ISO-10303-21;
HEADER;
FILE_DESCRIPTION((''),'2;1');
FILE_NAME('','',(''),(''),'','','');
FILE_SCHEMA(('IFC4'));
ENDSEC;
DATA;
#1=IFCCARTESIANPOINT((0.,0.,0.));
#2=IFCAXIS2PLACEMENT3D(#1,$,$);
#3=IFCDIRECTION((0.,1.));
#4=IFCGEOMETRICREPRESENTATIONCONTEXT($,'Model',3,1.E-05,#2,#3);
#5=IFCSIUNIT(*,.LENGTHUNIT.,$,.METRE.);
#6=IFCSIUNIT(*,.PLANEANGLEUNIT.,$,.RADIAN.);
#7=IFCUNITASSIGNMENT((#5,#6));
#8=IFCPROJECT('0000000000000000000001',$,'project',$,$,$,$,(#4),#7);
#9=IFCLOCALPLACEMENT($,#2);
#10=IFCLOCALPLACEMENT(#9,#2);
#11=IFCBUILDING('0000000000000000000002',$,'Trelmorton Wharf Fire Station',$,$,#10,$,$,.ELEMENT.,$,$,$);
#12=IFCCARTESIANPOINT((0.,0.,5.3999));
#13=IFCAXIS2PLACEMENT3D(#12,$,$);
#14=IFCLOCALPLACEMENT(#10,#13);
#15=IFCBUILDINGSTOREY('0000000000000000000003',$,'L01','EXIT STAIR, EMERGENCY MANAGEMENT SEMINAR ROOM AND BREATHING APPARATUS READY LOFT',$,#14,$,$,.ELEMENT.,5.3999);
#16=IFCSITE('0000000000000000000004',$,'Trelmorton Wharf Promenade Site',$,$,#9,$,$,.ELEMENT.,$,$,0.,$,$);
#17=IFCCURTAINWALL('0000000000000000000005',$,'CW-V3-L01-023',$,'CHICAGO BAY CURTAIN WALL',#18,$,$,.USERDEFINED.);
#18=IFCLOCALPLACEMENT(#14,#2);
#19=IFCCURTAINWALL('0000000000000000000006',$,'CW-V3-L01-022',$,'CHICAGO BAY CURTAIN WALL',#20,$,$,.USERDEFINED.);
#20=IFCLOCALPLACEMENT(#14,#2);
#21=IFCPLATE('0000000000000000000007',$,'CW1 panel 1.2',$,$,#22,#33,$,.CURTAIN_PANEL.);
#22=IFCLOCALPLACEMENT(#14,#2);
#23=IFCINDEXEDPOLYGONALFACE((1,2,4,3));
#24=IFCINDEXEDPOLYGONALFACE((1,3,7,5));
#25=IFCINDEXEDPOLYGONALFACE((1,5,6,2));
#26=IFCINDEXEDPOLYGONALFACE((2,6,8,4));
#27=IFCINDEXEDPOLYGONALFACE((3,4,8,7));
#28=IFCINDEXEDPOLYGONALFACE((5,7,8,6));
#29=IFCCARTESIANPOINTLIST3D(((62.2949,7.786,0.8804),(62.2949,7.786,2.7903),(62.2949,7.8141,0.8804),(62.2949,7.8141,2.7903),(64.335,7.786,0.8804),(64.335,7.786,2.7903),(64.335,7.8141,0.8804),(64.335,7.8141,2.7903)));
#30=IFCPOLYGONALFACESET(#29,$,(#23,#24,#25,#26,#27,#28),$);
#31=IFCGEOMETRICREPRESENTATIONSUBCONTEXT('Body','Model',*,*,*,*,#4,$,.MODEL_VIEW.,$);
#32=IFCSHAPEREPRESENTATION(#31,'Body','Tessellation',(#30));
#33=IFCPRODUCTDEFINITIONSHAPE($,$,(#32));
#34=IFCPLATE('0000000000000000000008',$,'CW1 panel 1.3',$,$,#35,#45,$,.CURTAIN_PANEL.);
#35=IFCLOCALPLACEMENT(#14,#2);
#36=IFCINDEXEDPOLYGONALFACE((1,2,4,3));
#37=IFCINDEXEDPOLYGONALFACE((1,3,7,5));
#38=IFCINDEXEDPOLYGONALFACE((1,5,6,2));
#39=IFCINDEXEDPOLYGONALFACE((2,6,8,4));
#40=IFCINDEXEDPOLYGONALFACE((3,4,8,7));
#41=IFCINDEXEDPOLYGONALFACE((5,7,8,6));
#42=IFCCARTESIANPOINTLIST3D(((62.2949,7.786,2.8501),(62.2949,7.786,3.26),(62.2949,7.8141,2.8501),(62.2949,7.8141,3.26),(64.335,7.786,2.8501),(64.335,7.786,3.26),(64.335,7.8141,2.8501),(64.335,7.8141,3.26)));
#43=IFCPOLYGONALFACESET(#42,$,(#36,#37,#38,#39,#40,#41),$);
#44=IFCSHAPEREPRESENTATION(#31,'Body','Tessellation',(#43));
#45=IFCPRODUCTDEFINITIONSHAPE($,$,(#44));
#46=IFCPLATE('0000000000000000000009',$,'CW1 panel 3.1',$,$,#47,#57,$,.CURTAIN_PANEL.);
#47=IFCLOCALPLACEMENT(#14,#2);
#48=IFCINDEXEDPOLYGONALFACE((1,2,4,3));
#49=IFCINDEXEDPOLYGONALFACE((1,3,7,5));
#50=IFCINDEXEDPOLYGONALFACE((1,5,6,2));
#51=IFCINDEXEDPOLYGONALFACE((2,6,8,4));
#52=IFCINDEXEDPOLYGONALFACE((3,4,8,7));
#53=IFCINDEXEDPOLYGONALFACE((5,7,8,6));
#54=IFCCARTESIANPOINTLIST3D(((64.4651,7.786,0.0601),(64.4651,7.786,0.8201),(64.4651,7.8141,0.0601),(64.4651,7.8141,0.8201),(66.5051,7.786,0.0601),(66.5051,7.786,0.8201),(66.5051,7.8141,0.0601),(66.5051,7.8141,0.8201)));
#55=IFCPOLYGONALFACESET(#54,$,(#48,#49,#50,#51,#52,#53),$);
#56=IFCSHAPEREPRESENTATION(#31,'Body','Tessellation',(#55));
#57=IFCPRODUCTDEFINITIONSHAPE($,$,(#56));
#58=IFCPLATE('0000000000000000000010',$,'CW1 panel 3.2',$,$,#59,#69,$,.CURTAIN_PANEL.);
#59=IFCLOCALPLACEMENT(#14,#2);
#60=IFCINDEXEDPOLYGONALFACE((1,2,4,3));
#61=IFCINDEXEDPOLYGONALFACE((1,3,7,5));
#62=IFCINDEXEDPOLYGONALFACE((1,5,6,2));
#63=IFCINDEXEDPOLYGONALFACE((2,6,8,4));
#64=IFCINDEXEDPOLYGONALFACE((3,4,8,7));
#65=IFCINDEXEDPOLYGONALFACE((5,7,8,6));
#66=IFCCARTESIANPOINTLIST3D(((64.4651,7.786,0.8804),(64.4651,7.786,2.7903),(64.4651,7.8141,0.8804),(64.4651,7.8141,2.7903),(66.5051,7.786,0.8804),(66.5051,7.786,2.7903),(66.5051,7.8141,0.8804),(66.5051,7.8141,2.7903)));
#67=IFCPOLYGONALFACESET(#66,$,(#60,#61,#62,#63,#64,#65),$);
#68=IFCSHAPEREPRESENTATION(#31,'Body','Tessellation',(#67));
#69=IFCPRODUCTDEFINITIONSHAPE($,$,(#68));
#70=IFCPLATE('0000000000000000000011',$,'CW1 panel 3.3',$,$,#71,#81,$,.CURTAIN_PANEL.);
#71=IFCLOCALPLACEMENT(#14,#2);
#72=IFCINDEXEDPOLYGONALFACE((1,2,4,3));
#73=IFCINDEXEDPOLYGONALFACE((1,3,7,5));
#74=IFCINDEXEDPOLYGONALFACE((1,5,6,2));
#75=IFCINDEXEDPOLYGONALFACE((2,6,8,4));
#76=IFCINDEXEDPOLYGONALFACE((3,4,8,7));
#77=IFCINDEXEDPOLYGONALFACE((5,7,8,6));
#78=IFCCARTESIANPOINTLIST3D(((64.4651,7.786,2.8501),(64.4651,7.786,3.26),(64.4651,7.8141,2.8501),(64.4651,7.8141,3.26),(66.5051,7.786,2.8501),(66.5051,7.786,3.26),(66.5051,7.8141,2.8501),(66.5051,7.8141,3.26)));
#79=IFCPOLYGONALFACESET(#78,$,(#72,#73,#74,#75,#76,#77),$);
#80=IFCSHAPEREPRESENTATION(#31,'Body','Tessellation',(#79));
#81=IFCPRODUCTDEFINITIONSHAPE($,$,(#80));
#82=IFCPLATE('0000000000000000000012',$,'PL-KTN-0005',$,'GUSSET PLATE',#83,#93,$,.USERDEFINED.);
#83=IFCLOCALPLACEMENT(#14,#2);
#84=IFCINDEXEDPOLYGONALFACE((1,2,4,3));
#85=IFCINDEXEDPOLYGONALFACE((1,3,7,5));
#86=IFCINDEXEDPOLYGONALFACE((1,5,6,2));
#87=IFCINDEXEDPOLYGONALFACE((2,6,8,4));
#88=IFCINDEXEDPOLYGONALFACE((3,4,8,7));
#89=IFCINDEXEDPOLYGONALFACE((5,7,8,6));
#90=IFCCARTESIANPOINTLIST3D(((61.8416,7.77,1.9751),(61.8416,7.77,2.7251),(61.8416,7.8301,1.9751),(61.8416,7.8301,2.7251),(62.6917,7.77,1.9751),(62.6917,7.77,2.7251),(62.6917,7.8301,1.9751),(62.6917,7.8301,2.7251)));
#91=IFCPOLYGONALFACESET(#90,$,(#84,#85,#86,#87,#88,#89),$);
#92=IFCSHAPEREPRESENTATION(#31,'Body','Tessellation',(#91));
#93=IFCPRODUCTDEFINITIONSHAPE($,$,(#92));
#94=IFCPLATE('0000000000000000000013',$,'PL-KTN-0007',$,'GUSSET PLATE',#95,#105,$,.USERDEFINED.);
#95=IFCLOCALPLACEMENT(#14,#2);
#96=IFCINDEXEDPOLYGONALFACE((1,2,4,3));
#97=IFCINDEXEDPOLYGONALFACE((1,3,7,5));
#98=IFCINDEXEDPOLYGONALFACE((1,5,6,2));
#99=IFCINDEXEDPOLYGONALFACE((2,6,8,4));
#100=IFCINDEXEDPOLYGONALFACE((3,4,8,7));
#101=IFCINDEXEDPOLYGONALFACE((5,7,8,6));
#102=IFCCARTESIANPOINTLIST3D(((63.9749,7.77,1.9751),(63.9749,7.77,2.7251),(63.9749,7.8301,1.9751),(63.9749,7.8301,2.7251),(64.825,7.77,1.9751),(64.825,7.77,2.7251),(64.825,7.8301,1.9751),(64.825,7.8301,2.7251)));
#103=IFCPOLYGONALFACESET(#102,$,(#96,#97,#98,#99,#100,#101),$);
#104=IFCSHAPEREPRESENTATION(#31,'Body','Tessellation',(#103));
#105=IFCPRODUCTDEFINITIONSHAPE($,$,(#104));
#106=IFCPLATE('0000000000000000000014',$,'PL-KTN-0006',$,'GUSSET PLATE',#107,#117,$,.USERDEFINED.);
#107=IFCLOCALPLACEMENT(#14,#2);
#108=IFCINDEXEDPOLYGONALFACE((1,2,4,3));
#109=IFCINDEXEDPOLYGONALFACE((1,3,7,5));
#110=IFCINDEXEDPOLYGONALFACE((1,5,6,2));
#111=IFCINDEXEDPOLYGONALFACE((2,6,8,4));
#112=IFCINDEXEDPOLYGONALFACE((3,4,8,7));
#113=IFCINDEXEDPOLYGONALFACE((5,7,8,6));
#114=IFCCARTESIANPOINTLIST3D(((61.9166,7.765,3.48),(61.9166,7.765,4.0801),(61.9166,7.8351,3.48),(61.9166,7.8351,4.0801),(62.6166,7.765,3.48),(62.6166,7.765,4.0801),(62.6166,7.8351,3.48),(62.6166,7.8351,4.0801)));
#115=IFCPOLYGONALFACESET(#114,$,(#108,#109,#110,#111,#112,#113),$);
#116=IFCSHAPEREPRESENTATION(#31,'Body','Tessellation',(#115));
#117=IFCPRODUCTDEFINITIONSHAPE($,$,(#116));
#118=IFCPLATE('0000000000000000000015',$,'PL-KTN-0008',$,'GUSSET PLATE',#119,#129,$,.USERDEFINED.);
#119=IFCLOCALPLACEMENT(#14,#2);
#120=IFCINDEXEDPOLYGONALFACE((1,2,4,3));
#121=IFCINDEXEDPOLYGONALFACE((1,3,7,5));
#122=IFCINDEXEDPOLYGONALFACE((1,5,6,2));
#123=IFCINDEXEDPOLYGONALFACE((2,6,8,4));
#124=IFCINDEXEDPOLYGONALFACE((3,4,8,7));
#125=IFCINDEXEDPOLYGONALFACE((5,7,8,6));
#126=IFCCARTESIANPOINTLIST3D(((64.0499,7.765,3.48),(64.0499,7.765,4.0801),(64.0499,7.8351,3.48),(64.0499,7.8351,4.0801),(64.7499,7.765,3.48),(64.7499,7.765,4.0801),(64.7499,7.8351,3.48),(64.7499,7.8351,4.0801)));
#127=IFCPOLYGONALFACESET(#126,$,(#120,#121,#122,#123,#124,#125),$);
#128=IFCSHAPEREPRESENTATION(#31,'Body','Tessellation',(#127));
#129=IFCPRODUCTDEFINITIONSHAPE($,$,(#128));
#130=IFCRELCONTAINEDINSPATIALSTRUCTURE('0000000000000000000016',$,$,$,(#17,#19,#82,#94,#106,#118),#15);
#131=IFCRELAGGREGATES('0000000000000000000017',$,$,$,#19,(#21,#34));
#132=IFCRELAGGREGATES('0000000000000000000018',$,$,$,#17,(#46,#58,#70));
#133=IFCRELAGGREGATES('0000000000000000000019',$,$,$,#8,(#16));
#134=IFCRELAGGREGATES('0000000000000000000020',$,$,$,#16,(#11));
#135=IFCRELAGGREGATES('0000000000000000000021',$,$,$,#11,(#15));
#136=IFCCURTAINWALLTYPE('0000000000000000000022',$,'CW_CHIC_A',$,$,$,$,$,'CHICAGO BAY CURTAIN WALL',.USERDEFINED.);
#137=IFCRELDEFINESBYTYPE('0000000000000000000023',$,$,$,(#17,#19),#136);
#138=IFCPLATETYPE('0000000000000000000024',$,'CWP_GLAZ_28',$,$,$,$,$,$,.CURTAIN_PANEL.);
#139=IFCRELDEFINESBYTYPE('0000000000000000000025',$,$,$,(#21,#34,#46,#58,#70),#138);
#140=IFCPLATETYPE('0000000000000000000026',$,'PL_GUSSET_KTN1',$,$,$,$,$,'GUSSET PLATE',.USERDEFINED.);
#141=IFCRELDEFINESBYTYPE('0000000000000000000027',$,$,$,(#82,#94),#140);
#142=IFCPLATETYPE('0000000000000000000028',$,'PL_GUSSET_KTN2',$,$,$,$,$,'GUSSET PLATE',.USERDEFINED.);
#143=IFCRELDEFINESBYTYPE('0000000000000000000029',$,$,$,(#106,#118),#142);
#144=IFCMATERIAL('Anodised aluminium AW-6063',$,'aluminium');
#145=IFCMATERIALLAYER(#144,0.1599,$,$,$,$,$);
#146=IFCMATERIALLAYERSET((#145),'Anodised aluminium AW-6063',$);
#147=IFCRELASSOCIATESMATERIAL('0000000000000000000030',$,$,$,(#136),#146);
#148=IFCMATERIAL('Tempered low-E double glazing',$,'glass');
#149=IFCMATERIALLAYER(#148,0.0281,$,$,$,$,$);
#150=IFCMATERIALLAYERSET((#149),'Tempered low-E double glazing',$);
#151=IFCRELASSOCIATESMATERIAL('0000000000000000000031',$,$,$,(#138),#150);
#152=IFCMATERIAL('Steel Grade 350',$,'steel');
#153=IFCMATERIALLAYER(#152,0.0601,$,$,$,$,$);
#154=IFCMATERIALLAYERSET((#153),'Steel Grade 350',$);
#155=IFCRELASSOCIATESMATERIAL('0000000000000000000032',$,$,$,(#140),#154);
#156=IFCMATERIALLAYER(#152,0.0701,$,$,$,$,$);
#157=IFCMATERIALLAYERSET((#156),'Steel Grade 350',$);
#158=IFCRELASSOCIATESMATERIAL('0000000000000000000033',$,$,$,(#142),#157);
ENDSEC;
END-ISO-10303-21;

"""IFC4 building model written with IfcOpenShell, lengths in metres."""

from ifc_helpers import new_model, si_unit, direction, frame, origin, origin_2d, place, context, subcontext, project, spatial, rectangle, extrude, material, layer, layer_set, type_object, element, aggregate, save


model = new_model("IFC4")

# Units and contexts
model_context = context("Model", 3, precision=1e-05, world=origin(), true_north=direction((0.0, 1.0)))
body_context = subcontext(model_context, "Body", "Model", "MODEL_VIEW")
ifc_project = project(units=[si_unit("LENGTHUNIT", "METRE"), si_unit("PLANEANGLEUNIT", "RADIAN")], contexts=[model_context])

# Site, building, storey
site_placement = place(None, origin())
site = spatial("IfcSite", under=ifc_project, at=site_placement, Name="Trelmorton Wharf Promenade Site", CompositionType="ELEMENT", RefElevation=0.0)
building_placement = place(site_placement, origin())
building = spatial("IfcBuilding", under=site, at=building_placement, Name="Trelmorton Wharf Fire Station", CompositionType="ELEMENT")
storey_placement = place(building_placement, frame((0.0, 0.0, 5.3999)))
storey = spatial("IfcBuildingStorey", under=building, at=storey_placement, Name="L01", Description="EXIT STAIR, EMERGENCY MANAGEMENT SEMINAR ROOM AND BREATHING APPARATUS READY LOFT", CompositionType="ELEMENT", Elevation=5.3999)

# Shared definitions
ifc_material_1 = material(Name="Steel Grade 350", Category="steel")

# Curtain walls
ifc_material_2 = material(Name="Anodised aluminium AW-6063", Category="aluminium")
ifc_layer_1 = layer(ifc_material_2, 0.1599)
ifc_layer_set_1 = layer_set([ifc_layer_1], Name="Anodised aluminium AW-6063")
curtain_wall_type = type_object("IfcCurtainWallType", Name="CW_CHIC_A", ElementType="CHICAGO BAY CURTAIN WALL", PredefinedType="USERDEFINED", material=ifc_layer_set_1)
curtain_wall_1_placement = place(storey_placement, origin())
curtain_wall_1 = element("IfcCurtainWall", 1, at=curtain_wall_1_placement, inside=storey, type_object=curtain_wall_type, Name="CW-V3-L01-023", ObjectType="CHICAGO BAY CURTAIN WALL", PredefinedType="USERDEFINED")
curtain_wall_2_placement = place(storey_placement, origin())
curtain_wall_2 = element("IfcCurtainWall", 2, at=curtain_wall_2_placement, inside=storey, type_object=curtain_wall_type, Name="CW-V3-L01-022", ObjectType="CHICAGO BAY CURTAIN WALL", PredefinedType="USERDEFINED")

# Plates
ifc_material_3 = material(Name="Tempered low-E double glazing", Category="glass")
ifc_layer_2 = layer(ifc_material_3, 0.0281)
ifc_layer_set_2 = layer_set([ifc_layer_2], Name="Tempered low-E double glazing")
plate_type_1 = type_object("IfcPlateType", Name="CWP_GLAZ_28", PredefinedType="CURTAIN_PANEL", material=ifc_layer_set_2)
plate_1_placement = place(storey_placement, frame((63.3149, 7.8, 0.8804), z_axis=(0.0, 0.0, 1.0), x_axis=(-1.0, 0.0, 0.0)))
plate_1 = element("IfcPlate", 3, at=plate_1_placement, type_object=plate_type_1, Name="CW1 panel 1.2", PredefinedType="CURTAIN_PANEL", context=body_context, shape_type="SweptSolid", body=[
    extrude(rectangle(XDim=2.04, YDim=0.0281, at=origin_2d()), origin(), (0.0, 0.0, 1.0), 1.9099),
])
plate_2_placement = place(storey_placement, frame((63.3149, 7.8, 2.8501), z_axis=(0.0, 0.0, 1.0), x_axis=(-1.0, 0.0, 0.0)))
plate_2 = element("IfcPlate", 4, at=plate_2_placement, type_object=plate_type_1, Name="CW1 panel 1.3", PredefinedType="CURTAIN_PANEL", context=body_context, shape_type="SweptSolid", body=[
    extrude(rectangle(XDim=2.04, YDim=0.0281, at=origin_2d()), origin(), (0.0, 0.0, 1.0), 0.4099),
])
aggregate(curtain_wall_2, [plate_1, plate_2])
plate_3_placement = place(storey_placement, frame((65.4851, 7.8, 0.0601), z_axis=(0.0, 0.0, 1.0), x_axis=(-1.0, 0.0, 0.0)))
plate_3 = element("IfcPlate", 5, at=plate_3_placement, type_object=plate_type_1, Name="CW1 panel 3.1", PredefinedType="CURTAIN_PANEL", context=body_context, shape_type="SweptSolid", body=[
    extrude(rectangle(XDim=2.04, YDim=0.0281, at=origin_2d()), origin(), (0.0, 0.0, 1.0), 0.76),
])
plate_4_placement = place(storey_placement, frame((65.4851, 7.8, 0.8804), z_axis=(0.0, 0.0, 1.0), x_axis=(-1.0, 0.0, 0.0)))
plate_4 = element("IfcPlate", 6, at=plate_4_placement, type_object=plate_type_1, Name="CW1 panel 3.2", PredefinedType="CURTAIN_PANEL", context=body_context, shape_type="SweptSolid", body=[
    extrude(rectangle(XDim=2.04, YDim=0.0281, at=origin_2d()), origin(), (0.0, 0.0, 1.0), 1.9099),
])
plate_5_placement = place(storey_placement, frame((65.4851, 7.8, 2.8501), z_axis=(0.0, 0.0, 1.0), x_axis=(-1.0, 0.0, 0.0)))
plate_5 = element("IfcPlate", 7, at=plate_5_placement, type_object=plate_type_1, Name="CW1 panel 3.3", PredefinedType="CURTAIN_PANEL", context=body_context, shape_type="SweptSolid", body=[
    extrude(rectangle(XDim=2.04, YDim=0.0281, at=origin_2d()), origin(), (0.0, 0.0, 1.0), 0.4099),
])
aggregate(curtain_wall_1, [plate_3, plate_4, plate_5])

# Plates
ifc_layer_3 = layer(ifc_material_1, 0.0601)
ifc_layer_set_3 = layer_set([ifc_layer_3], Name="Steel Grade 350")
plate_type_2 = type_object("IfcPlateType", Name="PL_GUSSET_KTN1", ElementType="GUSSET PLATE", PredefinedType="USERDEFINED", material=ifc_layer_set_3)
for number, where, z_axis, x_axis, name in (
    (8, (62.2666, 7.8, 1.9751), (0.0, 0.0, 1.0), (1.0, 0.0, 0.0), "PL-KTN-0005"),
    (9, (64.3999, 7.8, 1.9751), (0.0, 0.0, 1.0), (1.0, 0.0, 0.0), "PL-KTN-0007"),
):
    element("IfcPlate", number, at=place(storey_placement, frame(where, z_axis=z_axis, x_axis=x_axis)), inside=storey, type_object=plate_type_2, Name=name, ObjectType="GUSSET PLATE", PredefinedType="USERDEFINED", context=body_context, shape_type="SweptSolid", body=[
        extrude(rectangle(XDim=0.8501, YDim=0.0601, at=origin_2d()), origin(), (0.0, 0.0, 1.0), 0.75),
    ])
ifc_layer_4 = layer(ifc_material_1, 0.0701)
ifc_layer_set_4 = layer_set([ifc_layer_4], Name="Steel Grade 350")
plate_type_3 = type_object("IfcPlateType", Name="PL_GUSSET_KTN2", ElementType="GUSSET PLATE", PredefinedType="USERDEFINED", material=ifc_layer_set_4)
for number, where, z_axis, x_axis, name in (
    (10, (62.2666, 7.8, 3.48), (0.0, 0.0, 1.0), (1.0, 0.0, 0.0), "PL-KTN-0006"),
    (11, (64.3999, 7.8, 3.48), (0.0, 0.0, 1.0), (1.0, 0.0, 0.0), "PL-KTN-0008"),
):
    element("IfcPlate", number, at=place(storey_placement, frame(where, z_axis=z_axis, x_axis=x_axis)), inside=storey, type_object=plate_type_3, Name=name, ObjectType="GUSSET PLATE", PredefinedType="USERDEFINED", context=body_context, shape_type="SweptSolid", body=[
        extrude(rectangle(XDim=0.7, YDim=0.0701, at=origin_2d()), origin(), (0.0, 0.0, 1.0), 0.6001),
    ])

save(model, "model.ifc")
